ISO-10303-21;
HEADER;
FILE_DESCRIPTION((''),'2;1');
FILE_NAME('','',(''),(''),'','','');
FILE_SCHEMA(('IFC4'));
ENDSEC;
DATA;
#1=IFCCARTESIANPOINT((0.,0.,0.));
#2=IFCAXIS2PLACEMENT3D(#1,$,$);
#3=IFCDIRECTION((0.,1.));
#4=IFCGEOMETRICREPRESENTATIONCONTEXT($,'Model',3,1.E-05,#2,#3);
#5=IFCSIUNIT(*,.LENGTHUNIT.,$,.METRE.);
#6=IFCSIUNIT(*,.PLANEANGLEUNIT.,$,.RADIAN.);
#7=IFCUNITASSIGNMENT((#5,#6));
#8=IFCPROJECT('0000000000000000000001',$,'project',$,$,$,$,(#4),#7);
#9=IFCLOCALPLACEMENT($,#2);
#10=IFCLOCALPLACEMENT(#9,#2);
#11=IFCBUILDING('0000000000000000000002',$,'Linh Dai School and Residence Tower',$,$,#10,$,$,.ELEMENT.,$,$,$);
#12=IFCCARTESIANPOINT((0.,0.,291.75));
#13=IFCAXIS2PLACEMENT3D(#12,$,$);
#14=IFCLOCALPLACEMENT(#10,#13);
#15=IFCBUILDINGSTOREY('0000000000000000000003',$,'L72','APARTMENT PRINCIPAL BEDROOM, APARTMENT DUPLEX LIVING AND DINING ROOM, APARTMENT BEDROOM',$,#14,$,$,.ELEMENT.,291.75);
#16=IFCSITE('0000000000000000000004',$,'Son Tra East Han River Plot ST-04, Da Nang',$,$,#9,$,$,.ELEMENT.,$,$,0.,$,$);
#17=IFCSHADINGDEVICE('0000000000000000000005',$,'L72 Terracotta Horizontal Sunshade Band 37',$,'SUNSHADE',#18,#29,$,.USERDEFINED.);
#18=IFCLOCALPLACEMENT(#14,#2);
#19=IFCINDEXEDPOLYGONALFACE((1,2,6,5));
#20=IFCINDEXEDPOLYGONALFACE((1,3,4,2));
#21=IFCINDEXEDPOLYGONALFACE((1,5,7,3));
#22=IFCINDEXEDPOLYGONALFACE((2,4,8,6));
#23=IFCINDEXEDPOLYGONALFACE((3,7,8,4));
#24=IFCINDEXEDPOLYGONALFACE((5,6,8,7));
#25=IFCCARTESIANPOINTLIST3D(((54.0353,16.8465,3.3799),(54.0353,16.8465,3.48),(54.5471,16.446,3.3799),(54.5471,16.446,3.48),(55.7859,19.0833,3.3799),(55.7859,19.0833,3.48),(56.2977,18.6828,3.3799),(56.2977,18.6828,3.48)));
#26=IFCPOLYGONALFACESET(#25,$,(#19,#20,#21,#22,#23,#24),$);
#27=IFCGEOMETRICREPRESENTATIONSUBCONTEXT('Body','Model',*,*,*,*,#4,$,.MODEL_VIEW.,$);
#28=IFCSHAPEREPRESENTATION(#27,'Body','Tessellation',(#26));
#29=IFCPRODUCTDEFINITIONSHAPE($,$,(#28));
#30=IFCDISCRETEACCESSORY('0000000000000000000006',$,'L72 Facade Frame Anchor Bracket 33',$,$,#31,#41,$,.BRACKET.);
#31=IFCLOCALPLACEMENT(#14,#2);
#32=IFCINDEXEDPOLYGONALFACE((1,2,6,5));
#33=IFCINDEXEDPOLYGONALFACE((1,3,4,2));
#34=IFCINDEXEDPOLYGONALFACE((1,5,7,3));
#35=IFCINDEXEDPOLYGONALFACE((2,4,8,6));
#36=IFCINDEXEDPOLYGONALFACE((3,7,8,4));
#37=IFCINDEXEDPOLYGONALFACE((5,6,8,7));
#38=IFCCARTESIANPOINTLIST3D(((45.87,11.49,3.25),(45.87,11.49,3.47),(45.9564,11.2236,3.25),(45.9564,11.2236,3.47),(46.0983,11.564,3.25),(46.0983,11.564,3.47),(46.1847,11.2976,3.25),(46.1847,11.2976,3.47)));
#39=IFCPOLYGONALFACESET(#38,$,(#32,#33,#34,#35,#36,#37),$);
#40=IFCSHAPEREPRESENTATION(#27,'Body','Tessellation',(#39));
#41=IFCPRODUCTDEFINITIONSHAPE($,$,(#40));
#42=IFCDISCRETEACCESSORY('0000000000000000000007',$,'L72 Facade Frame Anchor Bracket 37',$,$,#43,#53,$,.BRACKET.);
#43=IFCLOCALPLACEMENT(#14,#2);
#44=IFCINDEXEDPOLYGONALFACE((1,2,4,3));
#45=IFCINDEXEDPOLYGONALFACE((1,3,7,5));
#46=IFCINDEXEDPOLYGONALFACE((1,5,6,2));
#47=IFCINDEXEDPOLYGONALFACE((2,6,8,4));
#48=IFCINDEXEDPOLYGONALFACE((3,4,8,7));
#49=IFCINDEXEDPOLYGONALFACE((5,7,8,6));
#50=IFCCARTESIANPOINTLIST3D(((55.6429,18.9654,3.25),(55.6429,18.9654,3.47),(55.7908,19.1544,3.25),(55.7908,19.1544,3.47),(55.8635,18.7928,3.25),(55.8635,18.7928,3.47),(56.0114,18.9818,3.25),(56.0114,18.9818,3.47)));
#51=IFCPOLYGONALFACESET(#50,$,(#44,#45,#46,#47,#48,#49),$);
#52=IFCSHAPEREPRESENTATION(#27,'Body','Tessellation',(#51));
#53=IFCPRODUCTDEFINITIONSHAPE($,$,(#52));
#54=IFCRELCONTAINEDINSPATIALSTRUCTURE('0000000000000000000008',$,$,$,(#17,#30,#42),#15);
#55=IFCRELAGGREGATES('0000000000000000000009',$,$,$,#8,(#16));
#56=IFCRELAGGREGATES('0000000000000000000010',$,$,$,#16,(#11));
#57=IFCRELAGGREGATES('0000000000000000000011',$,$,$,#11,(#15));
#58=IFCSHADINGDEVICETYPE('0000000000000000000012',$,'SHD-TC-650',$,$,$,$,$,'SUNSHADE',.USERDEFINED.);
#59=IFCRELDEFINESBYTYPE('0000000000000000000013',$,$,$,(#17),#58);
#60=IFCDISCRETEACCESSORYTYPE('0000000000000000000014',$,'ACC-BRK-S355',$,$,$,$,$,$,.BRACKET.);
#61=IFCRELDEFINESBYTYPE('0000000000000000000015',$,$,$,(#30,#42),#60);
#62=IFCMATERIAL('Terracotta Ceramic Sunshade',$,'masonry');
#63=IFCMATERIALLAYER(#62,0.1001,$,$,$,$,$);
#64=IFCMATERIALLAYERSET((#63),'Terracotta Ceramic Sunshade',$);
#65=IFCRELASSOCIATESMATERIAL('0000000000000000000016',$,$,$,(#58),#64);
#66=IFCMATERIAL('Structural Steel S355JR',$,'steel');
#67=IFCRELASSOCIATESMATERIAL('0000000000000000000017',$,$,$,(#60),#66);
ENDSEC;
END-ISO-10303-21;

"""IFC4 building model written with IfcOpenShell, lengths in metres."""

from ifc_helpers import new_model, si_unit, direction, frame, origin, origin_2d, place, context, subcontext, project, spatial, rectangle, extrude, source, transform, mapped, material, layer, layer_set, type_object, element, save


model = new_model("IFC4")

# Units and contexts
model_context = context("Model", 3, precision=1e-05, world=origin(), true_north=direction((0.0, 1.0)))
body_context = subcontext(model_context, "Body", "Model", "MODEL_VIEW")
ifc_project = project(units=[si_unit("LENGTHUNIT", "METRE"), si_unit("PLANEANGLEUNIT", "RADIAN")], contexts=[model_context])

# Site, building, storey
site_placement = place(None, origin())
site = spatial("IfcSite", under=ifc_project, at=site_placement, Name="Son Tra East Han River Plot ST-04, Da Nang", CompositionType="ELEMENT", RefElevation=0.0)
building_placement = place(site_placement, origin())
building = spatial("IfcBuilding", under=site, at=building_placement, Name="Linh Dai School and Residence Tower", CompositionType="ELEMENT")
storey_placement = place(building_placement, frame((0.0, 0.0, 291.75)))
storey = spatial("IfcBuildingStorey", under=building, at=storey_placement, Name="L72", Description="APARTMENT PRINCIPAL BEDROOM, APARTMENT DUPLEX LIVING AND DINING ROOM, APARTMENT BEDROOM", CompositionType="ELEMENT", Elevation=291.75)

# Shared definitions
ifc_material_1 = material(Name="Structural Steel S355JR", Category="steel")

# Shading device
ifc_material_2 = material(Name="Terracotta Ceramic Sunshade", Category="masonry")
ifc_layer_1 = layer(ifc_material_2, 0.1001)
ifc_layer_set_1 = layer_set([ifc_layer_1], Name="Terracotta Ceramic Sunshade")
shading_device_type = type_object("IfcShadingDeviceType", Name="SHD-TC-650", ElementType="SUNSHADE", PredefinedType="USERDEFINED", material=ifc_layer_set_1)
shared_shape_1 = source(origin(), body_context, "Body", "SweptSolid", [
    extrude(rectangle(XDim=2.8403, YDim=0.6499, at=origin_2d()), origin(), (0.0, 0.0, 1.0), 0.1001),
])
shading_device_1_placement = place(storey_placement, frame((55.1665, 17.7646, 3.3799), z_axis=(0.0, 0.0, 1.0), x_axis=(-0.616311, -0.787503, 0.0)))
element("IfcShadingDevice", 1, at=shading_device_1_placement, inside=storey, type_object=shading_device_type, Name="L72 Terracotta Horizontal Sunshade Band 37", ObjectType="SUNSHADE", PredefinedType="USERDEFINED", context=body_context, shape_type="MappedRepresentation", body=[
    mapped(shared_shape_1, transform((0.0, 0.0, 0.0), x_axis=(1.0, 0.0, 0.0), y_axis=(0.0, 1.0, 0.0), z_axis=(0.0, 0.0, 1.0), scale=1.0)),
])

# Discrete accessories
discrete_accessory_type = type_object("IfcDiscreteAccessoryType", Name="ACC-BRK-S355", PredefinedType="BRACKET", material=ifc_material_1)
shared_shape_2 = source(origin(), body_context, "Body", "SweptSolid", [
    extrude(rectangle(XDim=0.28, YDim=0.24, at=origin_2d()), origin(), (0.0, 0.0, 1.0), 0.22),
])
for number, where, z_axis, x_axis, name in (
    (2, (46.0273, 11.3938, 3.25), (0.0, 0.0, 1.0), (0.308519, -0.951218, 0.0), "L72 Facade Frame Anchor Bracket 33"),
    (3, (55.8271, 18.9736, 3.25), (0.0, 0.0, 1.0), (0.787503, -0.616311, 0.0), "L72 Facade Frame Anchor Bracket 37"),
):
    element("IfcDiscreteAccessory", number, at=place(storey_placement, frame(where, z_axis=z_axis, x_axis=x_axis)), inside=storey, type_object=discrete_accessory_type, Name=name, PredefinedType="BRACKET", context=body_context, shape_type="MappedRepresentation", body=[
        mapped(shared_shape_2, transform((0.0, 0.0, 0.0), x_axis=(1.0, 0.0, 0.0), y_axis=(0.0, 1.0, 0.0), z_axis=(0.0, 0.0, 1.0), scale=1.0)),
    ])

save(model, "model.ifc")
